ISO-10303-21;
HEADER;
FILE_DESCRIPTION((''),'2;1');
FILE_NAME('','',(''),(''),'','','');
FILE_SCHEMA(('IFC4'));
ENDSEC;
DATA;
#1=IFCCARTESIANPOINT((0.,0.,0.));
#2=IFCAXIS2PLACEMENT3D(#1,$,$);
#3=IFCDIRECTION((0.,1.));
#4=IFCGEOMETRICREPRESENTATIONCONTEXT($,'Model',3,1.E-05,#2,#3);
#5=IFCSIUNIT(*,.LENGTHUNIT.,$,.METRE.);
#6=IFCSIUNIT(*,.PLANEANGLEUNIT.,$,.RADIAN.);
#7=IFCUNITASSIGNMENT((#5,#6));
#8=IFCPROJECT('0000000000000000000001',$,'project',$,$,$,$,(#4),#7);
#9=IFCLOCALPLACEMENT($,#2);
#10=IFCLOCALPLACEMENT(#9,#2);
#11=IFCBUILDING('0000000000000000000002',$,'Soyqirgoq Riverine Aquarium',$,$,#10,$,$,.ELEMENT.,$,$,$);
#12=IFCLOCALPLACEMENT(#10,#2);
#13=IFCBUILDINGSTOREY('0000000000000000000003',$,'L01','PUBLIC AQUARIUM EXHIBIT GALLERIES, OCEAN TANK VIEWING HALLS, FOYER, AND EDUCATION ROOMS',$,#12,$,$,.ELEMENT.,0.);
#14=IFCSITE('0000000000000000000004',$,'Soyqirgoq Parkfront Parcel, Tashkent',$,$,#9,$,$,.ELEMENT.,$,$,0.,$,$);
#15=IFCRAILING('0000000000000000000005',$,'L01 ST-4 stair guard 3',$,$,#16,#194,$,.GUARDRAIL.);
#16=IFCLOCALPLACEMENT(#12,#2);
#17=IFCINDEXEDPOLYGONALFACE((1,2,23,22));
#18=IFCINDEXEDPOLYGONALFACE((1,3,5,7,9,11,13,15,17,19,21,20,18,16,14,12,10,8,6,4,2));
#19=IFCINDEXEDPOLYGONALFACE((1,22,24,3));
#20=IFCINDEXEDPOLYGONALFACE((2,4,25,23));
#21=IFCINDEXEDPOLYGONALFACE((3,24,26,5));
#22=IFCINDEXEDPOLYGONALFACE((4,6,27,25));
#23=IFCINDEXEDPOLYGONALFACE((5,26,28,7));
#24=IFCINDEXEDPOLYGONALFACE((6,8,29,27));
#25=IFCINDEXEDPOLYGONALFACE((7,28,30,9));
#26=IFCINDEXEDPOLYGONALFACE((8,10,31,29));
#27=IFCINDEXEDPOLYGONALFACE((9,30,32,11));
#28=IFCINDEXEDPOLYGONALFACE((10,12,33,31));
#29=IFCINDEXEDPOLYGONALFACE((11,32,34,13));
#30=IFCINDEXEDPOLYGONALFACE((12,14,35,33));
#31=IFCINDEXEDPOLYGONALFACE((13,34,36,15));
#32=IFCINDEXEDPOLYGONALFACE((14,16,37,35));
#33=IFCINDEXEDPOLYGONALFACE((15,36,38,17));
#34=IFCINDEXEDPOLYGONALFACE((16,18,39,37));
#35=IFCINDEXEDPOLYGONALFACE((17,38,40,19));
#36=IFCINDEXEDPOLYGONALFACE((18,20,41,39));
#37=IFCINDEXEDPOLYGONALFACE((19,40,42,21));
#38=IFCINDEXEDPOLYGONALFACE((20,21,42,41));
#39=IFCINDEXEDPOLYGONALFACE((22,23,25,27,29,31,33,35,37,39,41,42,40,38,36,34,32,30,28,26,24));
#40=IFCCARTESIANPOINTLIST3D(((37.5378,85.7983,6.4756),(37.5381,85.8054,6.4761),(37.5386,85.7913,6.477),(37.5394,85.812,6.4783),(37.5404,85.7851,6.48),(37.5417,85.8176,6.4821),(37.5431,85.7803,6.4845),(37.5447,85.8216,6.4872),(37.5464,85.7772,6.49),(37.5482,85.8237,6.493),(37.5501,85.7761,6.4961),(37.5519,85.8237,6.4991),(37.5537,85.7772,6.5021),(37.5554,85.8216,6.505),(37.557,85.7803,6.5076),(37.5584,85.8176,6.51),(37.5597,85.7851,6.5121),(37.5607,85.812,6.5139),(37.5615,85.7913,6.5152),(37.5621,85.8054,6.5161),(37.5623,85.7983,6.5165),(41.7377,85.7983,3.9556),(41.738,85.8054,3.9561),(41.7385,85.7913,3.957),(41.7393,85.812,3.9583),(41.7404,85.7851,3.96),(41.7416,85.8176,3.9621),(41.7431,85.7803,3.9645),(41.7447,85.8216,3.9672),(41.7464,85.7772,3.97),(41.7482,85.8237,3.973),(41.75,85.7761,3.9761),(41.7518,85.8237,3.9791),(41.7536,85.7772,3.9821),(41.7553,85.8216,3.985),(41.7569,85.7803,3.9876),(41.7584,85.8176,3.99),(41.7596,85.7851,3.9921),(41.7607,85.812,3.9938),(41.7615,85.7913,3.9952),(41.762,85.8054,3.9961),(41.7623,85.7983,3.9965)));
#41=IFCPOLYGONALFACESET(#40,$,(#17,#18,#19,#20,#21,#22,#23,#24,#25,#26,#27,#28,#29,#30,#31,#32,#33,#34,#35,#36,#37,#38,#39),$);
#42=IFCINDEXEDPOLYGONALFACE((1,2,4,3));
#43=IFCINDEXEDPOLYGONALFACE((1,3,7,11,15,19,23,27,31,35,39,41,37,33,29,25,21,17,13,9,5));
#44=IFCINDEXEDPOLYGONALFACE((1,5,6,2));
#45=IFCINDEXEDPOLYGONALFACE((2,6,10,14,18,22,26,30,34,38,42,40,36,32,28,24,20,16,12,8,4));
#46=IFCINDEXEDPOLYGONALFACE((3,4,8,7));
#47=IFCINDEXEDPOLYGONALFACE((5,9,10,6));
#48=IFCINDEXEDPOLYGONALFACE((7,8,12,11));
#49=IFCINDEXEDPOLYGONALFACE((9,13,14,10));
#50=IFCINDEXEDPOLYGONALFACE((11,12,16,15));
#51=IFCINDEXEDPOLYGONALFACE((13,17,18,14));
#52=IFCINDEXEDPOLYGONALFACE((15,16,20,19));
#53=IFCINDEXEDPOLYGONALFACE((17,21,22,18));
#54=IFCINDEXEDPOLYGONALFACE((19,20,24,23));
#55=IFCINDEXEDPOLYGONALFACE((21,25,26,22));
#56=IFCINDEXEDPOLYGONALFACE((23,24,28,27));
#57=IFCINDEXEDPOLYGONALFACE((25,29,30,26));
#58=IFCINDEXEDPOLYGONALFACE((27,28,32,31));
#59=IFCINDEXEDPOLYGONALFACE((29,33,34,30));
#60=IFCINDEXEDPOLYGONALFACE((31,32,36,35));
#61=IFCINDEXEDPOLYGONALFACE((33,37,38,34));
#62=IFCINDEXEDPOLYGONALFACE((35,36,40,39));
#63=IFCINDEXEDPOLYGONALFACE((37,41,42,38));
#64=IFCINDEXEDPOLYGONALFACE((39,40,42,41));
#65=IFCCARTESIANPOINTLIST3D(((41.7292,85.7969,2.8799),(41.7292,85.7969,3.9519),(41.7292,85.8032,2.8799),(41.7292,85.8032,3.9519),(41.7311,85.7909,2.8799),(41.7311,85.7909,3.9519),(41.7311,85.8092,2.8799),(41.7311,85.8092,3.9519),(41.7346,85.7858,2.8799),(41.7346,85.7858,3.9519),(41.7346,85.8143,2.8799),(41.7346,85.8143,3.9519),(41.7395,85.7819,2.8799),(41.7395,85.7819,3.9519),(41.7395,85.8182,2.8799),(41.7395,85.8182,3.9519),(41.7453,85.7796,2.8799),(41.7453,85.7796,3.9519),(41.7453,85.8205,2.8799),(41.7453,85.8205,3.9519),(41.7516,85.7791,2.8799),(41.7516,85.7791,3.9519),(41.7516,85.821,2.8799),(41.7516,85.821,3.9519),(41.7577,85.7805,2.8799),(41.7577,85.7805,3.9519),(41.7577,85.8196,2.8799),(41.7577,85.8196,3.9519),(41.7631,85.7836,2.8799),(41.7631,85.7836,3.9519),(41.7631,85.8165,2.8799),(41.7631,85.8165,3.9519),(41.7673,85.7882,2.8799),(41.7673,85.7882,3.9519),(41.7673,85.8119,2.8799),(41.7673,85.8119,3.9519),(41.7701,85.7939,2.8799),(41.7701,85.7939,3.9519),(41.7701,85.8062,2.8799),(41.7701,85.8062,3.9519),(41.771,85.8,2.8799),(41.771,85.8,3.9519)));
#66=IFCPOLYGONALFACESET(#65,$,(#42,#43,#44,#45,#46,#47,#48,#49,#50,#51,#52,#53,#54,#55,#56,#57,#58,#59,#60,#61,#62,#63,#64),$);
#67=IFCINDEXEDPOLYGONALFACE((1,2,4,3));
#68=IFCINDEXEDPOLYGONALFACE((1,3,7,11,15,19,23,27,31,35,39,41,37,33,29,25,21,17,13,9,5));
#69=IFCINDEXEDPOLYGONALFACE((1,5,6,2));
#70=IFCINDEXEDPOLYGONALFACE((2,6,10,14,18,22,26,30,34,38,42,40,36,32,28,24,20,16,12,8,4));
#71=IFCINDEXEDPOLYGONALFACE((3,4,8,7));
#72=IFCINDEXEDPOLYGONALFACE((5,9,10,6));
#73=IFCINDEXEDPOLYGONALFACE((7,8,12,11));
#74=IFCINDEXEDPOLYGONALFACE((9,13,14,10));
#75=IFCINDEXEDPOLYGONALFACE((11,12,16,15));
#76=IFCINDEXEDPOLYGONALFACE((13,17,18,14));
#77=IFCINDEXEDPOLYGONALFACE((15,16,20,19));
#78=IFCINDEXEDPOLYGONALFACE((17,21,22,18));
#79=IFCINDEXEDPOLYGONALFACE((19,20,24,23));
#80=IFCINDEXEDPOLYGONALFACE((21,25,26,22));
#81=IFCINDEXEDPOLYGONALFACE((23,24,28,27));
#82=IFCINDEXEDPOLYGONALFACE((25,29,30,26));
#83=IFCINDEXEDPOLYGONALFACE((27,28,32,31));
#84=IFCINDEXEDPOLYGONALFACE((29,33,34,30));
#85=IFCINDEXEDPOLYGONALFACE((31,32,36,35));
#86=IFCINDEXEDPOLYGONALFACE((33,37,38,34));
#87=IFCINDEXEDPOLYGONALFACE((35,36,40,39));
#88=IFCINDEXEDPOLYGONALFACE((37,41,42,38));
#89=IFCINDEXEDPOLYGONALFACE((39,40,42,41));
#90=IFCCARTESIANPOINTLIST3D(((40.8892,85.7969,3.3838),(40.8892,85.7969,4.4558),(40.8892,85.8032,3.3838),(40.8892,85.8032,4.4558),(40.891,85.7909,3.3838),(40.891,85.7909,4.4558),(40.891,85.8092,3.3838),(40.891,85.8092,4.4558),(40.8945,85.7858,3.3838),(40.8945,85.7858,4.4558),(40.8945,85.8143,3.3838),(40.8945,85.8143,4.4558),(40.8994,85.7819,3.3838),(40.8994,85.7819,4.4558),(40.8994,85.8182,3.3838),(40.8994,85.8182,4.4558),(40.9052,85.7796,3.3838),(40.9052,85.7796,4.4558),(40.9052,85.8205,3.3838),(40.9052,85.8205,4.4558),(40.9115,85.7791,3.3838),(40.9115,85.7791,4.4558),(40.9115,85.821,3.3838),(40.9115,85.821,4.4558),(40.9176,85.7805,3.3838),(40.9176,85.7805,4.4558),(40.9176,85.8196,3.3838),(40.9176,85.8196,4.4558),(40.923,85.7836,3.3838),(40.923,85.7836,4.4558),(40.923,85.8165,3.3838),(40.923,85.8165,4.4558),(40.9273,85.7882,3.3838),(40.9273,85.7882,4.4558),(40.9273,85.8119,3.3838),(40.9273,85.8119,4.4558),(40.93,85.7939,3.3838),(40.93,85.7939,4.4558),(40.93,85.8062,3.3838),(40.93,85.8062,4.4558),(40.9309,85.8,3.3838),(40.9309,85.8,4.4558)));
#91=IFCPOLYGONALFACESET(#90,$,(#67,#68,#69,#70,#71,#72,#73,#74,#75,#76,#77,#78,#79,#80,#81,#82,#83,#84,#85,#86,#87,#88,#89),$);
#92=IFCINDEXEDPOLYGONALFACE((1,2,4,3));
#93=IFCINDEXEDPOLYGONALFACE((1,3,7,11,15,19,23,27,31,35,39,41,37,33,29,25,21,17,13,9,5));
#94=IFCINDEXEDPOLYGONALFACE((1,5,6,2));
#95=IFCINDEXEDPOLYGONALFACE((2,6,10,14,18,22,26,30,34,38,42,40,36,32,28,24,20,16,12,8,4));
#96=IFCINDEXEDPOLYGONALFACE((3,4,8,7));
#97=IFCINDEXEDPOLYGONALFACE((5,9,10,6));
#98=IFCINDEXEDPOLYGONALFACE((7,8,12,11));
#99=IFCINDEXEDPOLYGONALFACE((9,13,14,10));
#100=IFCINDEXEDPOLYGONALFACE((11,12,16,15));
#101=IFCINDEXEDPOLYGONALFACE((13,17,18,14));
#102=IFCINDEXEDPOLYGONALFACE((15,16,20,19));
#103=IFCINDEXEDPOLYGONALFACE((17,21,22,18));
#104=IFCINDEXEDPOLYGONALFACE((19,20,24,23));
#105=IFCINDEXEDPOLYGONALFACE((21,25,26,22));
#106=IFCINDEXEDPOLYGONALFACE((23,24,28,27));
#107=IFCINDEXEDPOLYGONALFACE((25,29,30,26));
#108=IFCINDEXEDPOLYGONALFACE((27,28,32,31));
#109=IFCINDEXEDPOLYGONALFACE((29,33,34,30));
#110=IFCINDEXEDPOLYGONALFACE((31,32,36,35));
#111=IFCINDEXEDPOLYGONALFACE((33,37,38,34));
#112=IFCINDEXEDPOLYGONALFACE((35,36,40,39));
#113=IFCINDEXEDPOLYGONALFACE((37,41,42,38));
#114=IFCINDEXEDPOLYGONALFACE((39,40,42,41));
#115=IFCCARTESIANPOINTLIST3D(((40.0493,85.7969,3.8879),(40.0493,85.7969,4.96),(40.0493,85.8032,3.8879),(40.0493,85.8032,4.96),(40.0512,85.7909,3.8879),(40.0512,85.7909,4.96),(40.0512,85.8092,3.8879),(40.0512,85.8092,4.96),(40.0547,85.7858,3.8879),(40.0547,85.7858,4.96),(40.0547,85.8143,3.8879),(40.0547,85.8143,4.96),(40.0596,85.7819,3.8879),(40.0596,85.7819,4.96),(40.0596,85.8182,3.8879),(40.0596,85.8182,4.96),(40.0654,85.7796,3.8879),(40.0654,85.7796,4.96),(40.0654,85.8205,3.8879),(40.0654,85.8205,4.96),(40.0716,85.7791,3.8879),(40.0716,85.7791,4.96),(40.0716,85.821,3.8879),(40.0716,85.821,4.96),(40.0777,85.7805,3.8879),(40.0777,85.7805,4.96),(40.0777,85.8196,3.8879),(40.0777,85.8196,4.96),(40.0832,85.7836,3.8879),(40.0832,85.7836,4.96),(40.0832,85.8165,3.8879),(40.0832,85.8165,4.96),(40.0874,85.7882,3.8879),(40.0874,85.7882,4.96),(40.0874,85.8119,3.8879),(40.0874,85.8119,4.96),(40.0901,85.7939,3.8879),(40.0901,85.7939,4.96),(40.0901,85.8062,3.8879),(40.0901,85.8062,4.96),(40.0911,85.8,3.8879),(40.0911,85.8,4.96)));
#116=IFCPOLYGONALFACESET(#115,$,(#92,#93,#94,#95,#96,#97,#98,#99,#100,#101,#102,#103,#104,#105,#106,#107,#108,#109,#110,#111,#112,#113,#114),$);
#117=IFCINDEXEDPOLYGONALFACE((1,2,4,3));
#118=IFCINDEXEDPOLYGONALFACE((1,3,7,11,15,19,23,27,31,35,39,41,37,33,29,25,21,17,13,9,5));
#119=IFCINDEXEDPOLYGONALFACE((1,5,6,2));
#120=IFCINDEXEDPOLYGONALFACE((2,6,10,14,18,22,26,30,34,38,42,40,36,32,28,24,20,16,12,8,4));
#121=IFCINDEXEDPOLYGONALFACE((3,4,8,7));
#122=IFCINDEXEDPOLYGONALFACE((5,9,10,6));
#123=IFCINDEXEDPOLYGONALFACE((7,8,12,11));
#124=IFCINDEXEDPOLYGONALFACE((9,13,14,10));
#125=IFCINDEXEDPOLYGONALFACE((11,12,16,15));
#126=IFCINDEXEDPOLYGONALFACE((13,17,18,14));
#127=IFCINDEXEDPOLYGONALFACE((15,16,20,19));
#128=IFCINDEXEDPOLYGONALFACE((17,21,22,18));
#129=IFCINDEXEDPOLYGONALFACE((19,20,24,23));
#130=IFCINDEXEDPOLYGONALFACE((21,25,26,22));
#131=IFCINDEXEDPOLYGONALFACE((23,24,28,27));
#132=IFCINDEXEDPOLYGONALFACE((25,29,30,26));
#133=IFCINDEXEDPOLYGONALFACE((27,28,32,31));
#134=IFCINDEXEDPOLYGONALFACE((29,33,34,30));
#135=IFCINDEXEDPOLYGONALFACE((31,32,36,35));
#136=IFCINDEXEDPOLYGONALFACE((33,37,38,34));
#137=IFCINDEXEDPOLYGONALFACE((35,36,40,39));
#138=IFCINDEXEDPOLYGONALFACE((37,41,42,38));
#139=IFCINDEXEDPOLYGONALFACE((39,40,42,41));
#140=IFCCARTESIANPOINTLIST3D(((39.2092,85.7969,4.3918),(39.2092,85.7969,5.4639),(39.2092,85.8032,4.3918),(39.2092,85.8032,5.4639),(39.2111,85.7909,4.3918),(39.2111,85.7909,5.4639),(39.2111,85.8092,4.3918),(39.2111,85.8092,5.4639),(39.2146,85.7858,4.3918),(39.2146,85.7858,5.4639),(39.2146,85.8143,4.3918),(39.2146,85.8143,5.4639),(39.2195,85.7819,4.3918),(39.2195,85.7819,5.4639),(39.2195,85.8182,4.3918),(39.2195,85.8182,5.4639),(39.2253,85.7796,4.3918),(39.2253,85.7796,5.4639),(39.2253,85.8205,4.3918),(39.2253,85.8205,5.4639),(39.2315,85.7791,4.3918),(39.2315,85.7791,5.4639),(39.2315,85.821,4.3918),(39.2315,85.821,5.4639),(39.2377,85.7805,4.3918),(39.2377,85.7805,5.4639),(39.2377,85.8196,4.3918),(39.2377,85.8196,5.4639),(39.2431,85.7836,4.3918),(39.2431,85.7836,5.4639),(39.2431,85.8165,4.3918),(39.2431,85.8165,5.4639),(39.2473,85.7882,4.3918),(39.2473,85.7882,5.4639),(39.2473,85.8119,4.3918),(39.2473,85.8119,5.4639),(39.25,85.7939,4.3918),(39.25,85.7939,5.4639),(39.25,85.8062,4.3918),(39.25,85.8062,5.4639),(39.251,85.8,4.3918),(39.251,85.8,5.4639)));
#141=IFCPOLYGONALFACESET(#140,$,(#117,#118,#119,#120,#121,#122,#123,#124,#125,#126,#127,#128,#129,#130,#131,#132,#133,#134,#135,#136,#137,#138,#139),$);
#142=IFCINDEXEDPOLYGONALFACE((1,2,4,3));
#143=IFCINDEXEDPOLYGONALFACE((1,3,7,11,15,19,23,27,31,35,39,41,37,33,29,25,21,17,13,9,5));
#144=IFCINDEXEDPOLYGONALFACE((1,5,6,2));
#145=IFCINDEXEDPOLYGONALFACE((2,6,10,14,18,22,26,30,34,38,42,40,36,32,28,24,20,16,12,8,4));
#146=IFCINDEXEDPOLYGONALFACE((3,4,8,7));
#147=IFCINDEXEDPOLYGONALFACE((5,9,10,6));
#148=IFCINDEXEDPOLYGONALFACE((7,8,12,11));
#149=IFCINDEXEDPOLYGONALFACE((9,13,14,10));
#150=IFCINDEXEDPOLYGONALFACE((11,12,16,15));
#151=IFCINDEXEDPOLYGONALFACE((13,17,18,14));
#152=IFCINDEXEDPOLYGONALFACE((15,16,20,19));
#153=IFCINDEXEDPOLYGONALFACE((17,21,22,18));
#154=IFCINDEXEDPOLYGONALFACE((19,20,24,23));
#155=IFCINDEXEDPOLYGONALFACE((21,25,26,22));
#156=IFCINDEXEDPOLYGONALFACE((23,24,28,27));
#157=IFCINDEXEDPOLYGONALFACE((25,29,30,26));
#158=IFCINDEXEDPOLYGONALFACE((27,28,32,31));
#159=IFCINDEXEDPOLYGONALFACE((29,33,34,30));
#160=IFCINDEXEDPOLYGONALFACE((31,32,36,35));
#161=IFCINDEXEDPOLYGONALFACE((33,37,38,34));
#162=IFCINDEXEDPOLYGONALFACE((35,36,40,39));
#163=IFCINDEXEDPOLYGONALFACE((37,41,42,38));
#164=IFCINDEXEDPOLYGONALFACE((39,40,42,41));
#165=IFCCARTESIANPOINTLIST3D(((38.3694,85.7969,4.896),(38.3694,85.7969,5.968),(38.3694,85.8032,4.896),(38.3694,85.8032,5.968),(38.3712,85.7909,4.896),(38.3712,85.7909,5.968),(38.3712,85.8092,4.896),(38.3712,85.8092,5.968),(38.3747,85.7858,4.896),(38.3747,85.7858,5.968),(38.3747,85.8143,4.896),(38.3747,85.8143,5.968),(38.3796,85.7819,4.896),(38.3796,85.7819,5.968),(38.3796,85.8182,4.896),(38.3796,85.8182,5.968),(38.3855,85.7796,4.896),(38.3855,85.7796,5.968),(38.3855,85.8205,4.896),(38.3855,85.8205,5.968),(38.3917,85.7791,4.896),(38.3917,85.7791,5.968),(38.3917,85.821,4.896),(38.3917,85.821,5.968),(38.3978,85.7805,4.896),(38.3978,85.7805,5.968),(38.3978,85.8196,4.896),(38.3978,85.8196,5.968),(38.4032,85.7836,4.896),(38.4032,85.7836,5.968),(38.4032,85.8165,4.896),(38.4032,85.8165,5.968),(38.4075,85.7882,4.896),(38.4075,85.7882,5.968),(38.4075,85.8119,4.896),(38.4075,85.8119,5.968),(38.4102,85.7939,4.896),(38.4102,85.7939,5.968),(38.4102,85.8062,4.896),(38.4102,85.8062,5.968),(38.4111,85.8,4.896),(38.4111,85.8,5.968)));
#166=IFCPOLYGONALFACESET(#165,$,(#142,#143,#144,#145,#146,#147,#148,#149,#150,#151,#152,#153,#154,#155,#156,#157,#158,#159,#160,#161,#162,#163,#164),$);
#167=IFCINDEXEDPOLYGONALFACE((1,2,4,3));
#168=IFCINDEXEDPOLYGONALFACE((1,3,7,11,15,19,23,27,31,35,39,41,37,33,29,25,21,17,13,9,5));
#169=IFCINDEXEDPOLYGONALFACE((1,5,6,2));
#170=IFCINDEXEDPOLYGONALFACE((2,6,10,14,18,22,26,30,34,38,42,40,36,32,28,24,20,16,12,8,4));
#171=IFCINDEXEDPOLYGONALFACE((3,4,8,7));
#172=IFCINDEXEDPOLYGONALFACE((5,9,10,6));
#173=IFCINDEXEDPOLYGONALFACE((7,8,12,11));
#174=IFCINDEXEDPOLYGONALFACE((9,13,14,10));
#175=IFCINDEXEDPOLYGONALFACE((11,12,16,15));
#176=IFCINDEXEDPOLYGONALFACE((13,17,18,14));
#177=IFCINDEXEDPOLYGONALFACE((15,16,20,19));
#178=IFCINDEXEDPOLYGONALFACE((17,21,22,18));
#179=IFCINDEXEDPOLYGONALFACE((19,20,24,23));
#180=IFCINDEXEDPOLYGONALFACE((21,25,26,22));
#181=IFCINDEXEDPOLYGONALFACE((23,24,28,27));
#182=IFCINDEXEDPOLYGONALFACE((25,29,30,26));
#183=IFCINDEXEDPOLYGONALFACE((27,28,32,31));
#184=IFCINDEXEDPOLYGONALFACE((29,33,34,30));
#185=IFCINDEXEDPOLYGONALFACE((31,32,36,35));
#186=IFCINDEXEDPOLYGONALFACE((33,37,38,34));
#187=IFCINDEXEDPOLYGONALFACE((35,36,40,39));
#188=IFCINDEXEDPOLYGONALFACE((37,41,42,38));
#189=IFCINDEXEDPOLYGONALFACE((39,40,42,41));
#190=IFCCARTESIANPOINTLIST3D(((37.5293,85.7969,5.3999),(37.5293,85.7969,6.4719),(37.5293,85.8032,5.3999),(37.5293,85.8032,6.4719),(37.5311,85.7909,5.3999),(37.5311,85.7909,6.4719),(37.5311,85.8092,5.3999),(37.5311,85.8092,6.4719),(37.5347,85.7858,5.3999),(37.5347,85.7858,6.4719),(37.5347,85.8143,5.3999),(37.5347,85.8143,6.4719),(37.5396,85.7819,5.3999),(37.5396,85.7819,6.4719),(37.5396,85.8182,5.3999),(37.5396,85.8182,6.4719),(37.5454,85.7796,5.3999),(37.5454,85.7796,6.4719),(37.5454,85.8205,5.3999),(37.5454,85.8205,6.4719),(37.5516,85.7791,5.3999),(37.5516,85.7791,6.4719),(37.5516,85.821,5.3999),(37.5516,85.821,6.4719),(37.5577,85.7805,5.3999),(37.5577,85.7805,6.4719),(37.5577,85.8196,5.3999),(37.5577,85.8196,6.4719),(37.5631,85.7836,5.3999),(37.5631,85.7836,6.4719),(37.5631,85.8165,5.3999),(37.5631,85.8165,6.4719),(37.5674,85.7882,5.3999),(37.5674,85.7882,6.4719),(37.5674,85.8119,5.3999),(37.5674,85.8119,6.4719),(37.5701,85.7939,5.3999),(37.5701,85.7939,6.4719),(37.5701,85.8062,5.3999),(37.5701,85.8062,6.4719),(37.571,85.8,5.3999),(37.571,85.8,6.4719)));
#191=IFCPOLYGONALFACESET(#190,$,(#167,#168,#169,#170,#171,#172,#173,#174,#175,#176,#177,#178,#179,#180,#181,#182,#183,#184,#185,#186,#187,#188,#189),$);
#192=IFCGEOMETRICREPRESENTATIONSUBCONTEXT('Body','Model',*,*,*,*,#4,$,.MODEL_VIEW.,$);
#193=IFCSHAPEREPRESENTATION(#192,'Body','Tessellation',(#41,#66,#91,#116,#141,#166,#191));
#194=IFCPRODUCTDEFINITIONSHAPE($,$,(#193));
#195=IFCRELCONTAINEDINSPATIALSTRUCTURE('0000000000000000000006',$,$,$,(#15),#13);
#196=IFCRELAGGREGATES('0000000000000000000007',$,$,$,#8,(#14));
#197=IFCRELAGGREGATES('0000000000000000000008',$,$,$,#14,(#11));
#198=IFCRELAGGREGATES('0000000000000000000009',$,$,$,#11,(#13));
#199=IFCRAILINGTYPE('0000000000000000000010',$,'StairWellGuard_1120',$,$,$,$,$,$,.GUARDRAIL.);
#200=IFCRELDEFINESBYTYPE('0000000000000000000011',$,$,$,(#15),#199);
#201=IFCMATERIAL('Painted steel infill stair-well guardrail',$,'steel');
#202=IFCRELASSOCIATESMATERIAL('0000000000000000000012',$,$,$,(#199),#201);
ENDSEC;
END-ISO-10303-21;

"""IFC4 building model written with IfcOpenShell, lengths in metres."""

from ifc_helpers import new_model, si_unit, direction, frame, origin, origin_2d, place, context, subcontext, project, spatial, circle, extrude, material, type_object, element, save


model = new_model("IFC4")

# Units and contexts
model_context = context("Model", 3, precision=1e-05, world=origin(), true_north=direction((0.0, 1.0)))
body_context = subcontext(model_context, "Body", "Model", "MODEL_VIEW")
ifc_project = project(units=[si_unit("LENGTHUNIT", "METRE"), si_unit("PLANEANGLEUNIT", "RADIAN")], contexts=[model_context])

# Site, building, storey
site_placement = place(None, origin())
site = spatial("IfcSite", under=ifc_project, at=site_placement, Name="Soyqirgoq Parkfront Parcel, Tashkent", CompositionType="ELEMENT", RefElevation=0.0)
building_placement = place(site_placement, origin())
building = spatial("IfcBuilding", under=site, at=building_placement, Name="Soyqirgoq Riverine Aquarium", CompositionType="ELEMENT")
storey_placement = place(building_placement, origin())
storey = spatial("IfcBuildingStorey", under=building, at=storey_placement, Name="L01", Description="PUBLIC AQUARIUM EXHIBIT GALLERIES, OCEAN TANK VIEWING HALLS, FOYER, AND EDUCATION ROOMS", CompositionType="ELEMENT", Elevation=0.0)

# Railing
ifc_material_1 = material(Name="Painted steel infill stair-well guardrail", Category="steel")
railing_type_1 = type_object("IfcRailingType", Name="StairWellGuard_1120", PredefinedType="GUARDRAIL", material=ifc_material_1)
railing_1_placement = place(storey_placement, frame((41.75, 85.8, 2.8799)))
element("IfcRailing", 1, at=railing_1_placement, inside=storey, type_object=railing_type_1, Name="L01 ST-4 stair guard 3", PredefinedType="GUARDRAIL", context=body_context, shape_type="SweptSolid", body=[
    extrude(circle(Radius=0.0239, at=origin_2d()), frame((0.0, 0.0, 1.0962), z_axis=(-0.857489, 0.0, 0.514503), x_axis=(0.0, -1.0, 0.0)), (0.0, 0.0, 1.0), 4.8979),
    extrude(circle(Radius=0.021, at=origin_2d()), origin(), (0.0, 0.0, 1.0), 1.072),
    extrude(circle(Radius=0.021, at=origin_2d()), frame((-0.8401, 0.0, 0.5039)), (0.0, 0.0, 1.0), 1.072),
    extrude(circle(Radius=0.021, at=origin_2d()), frame((-1.6799, 0.0, 1.0081)), (0.0, 0.0, 1.0), 1.072),
    extrude(circle(Radius=0.021, at=origin_2d()), frame((-2.52, 0.0, 1.512)), (0.0, 0.0, 1.0), 1.072),
    extrude(circle(Radius=0.021, at=origin_2d()), frame((-3.3599, 0.0, 2.0161)), (0.0, 0.0, 1.0), 1.072),
    extrude(circle(Radius=0.021, at=origin_2d()), frame((-4.2, 0.0, 2.52)), (0.0, 0.0, 1.0), 1.072),
])

save(model, "model.ifc")
